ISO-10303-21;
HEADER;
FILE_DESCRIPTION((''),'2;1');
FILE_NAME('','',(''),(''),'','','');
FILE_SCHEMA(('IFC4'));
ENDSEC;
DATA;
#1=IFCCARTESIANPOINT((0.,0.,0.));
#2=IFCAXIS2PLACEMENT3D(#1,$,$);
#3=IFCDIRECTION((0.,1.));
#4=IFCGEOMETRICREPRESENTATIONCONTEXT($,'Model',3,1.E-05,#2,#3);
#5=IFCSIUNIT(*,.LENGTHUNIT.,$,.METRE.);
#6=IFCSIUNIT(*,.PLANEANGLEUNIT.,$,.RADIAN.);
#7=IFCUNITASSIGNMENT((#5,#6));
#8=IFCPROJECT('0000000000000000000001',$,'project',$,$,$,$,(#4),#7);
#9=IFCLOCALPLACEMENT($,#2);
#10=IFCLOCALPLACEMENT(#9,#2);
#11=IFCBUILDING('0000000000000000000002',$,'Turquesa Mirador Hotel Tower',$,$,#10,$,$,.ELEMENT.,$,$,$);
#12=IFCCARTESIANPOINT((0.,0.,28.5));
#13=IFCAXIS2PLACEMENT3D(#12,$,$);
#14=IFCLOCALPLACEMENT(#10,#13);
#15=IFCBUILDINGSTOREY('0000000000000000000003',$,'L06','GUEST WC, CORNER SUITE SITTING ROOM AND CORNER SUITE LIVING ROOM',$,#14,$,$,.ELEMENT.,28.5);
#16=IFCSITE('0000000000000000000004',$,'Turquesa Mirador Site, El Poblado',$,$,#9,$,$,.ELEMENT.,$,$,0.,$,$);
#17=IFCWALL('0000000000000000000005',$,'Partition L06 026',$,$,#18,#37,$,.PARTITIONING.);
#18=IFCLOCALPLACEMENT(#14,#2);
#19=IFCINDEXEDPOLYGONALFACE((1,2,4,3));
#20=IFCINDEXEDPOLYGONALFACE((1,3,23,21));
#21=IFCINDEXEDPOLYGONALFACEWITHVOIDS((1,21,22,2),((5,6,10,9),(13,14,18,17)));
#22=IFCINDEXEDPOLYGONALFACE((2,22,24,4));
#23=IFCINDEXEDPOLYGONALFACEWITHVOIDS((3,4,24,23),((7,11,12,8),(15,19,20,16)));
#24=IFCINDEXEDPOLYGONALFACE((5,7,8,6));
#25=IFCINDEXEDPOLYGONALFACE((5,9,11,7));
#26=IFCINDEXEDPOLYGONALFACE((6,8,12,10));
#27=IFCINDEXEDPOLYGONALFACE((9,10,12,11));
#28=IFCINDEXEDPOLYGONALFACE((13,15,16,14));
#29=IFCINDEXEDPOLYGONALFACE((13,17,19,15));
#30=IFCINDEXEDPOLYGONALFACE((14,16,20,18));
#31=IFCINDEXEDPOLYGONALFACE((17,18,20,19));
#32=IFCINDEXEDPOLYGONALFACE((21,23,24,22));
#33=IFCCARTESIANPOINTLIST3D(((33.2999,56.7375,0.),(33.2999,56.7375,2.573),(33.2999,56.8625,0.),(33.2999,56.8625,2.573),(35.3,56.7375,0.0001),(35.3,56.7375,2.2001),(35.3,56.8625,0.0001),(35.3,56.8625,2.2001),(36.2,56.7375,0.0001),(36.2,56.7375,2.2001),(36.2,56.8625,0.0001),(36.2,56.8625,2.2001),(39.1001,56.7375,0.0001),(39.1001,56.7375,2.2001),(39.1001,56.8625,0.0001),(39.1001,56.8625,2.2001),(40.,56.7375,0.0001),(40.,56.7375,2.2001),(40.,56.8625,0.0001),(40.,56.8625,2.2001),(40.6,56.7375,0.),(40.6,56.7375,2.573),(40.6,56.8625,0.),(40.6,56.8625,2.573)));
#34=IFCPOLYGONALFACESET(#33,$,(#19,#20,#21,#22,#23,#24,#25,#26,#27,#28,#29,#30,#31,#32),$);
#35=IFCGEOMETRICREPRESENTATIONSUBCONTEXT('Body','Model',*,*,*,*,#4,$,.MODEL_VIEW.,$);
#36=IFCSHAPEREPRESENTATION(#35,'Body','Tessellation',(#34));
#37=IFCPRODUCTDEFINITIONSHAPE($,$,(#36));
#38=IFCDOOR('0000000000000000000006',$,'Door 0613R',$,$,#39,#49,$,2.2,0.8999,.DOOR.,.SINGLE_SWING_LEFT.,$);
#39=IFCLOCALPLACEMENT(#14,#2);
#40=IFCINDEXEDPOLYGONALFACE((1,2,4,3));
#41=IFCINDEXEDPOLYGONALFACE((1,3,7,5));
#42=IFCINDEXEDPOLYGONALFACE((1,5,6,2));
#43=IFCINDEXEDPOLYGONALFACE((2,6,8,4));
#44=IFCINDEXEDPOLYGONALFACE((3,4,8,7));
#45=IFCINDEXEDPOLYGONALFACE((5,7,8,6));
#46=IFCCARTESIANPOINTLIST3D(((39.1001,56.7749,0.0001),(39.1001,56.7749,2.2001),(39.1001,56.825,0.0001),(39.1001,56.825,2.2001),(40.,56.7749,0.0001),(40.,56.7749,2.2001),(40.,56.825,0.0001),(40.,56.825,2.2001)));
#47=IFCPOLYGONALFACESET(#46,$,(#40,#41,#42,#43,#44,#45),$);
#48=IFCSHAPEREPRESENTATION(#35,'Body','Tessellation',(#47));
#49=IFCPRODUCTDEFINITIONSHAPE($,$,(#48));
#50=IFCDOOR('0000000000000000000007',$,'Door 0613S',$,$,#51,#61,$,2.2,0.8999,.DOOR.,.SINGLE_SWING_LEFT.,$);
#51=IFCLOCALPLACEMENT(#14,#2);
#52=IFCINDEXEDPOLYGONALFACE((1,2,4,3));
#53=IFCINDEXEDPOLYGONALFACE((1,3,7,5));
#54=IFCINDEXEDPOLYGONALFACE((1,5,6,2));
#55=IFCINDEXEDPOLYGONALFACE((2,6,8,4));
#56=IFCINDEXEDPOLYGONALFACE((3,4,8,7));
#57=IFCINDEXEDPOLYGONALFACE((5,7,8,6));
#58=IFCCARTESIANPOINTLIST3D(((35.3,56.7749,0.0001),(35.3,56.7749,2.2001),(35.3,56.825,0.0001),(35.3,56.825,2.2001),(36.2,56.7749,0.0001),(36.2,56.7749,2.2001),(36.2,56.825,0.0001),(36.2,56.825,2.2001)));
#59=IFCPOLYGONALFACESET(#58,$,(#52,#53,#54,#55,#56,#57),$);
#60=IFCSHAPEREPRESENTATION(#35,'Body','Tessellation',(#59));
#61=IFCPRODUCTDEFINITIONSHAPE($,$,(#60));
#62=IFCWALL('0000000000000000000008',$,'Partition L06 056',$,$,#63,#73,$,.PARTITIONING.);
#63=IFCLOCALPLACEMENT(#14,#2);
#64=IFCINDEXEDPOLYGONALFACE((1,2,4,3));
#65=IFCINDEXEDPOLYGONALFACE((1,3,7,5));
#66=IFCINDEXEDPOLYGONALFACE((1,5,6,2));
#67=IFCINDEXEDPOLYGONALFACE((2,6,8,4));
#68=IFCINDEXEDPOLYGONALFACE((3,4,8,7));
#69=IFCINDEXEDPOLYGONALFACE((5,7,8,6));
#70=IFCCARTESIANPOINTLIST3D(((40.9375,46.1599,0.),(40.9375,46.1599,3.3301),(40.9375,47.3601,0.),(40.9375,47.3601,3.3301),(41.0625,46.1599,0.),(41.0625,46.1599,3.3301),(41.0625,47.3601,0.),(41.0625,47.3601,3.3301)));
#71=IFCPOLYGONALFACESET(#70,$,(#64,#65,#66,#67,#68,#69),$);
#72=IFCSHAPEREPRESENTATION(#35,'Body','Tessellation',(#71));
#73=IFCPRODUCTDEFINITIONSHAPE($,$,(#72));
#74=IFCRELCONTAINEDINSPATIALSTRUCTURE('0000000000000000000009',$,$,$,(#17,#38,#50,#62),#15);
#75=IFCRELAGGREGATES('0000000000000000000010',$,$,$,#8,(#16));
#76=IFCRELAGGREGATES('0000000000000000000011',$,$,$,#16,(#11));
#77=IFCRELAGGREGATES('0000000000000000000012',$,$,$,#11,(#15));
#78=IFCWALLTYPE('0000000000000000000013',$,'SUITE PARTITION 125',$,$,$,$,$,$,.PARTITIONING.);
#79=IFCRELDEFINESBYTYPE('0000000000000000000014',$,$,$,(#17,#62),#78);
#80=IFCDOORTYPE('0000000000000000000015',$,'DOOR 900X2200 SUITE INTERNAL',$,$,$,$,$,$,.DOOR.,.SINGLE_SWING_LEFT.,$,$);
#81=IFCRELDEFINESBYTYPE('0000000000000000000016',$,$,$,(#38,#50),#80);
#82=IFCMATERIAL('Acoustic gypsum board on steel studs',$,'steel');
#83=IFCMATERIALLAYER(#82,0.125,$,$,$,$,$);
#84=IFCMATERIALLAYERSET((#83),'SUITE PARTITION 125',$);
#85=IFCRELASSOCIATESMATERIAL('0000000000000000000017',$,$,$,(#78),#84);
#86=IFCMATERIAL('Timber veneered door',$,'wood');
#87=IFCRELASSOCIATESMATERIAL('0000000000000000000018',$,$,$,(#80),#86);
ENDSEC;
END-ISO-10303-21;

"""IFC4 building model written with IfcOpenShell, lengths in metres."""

from ifc_helpers import new_model, si_unit, direction, frame, frame_2d, origin, place, context, subcontext, project, spatial, rectangle, extrude, material, layer, layer_set, type_object, element, fill, save


model = new_model("IFC4")

# Units and contexts
model_context = context("Model", 3, precision=1e-05, world=origin(), true_north=direction((0.0, 1.0)))
body_context = subcontext(model_context, "Body", "Model", "MODEL_VIEW")
ifc_project = project(units=[si_unit("LENGTHUNIT", "METRE"), si_unit("PLANEANGLEUNIT", "RADIAN")], contexts=[model_context])

# Site, building, storey
site_placement = place(None, origin())
site = spatial("IfcSite", under=ifc_project, at=site_placement, Name="Turquesa Mirador Site, El Poblado", CompositionType="ELEMENT", RefElevation=0.0)
building_placement = place(site_placement, origin())
building = spatial("IfcBuilding", under=site, at=building_placement, Name="Turquesa Mirador Hotel Tower", CompositionType="ELEMENT")
storey_placement = place(building_placement, frame((0.0, 0.0, 28.5)))
storey = spatial("IfcBuildingStorey", under=building, at=storey_placement, Name="L06", Description="GUEST WC, CORNER SUITE SITTING ROOM AND CORNER SUITE LIVING ROOM", CompositionType="ELEMENT", Elevation=28.5)

# Shared definitions
ifc_material_1 = material(Name="Acoustic gypsum board on steel studs", Category="steel")
ifc_layer_1 = layer(ifc_material_1, 0.125)
ifc_layer_set_1 = layer_set([ifc_layer_1], Name="SUITE PARTITION 125")
wall_type_1 = type_object("IfcWallType", Name="SUITE PARTITION 125", PredefinedType="PARTITIONING", material=ifc_layer_set_1)

# Wall, openings, doors
wall_1_placement = place(storey_placement, frame((33.3, 56.8, 0.0), z_axis=(0.0, 0.0, 1.0), x_axis=(1.0, 0.0, 0.0)))
wall_1 = element("IfcWall", 1, at=wall_1_placement, inside=storey, type_object=wall_type_1, Name="Partition L06 026", PredefinedType="PARTITIONING", context=body_context, shape_type="SweptSolid", body=[
    extrude(rectangle(XDim=7.3, YDim=0.125, at=frame_2d((3.6499, 0.0))), origin(), (0.0, 0.0, 1.0), 2.573),
])
opening_1_placement = place(wall_1_placement, frame((5.8, 0.0, 0.0)))
opening_1 = element("IfcOpeningElement", 2, at=opening_1_placement, cuts=wall_1, PredefinedType="OPENING", context=body_context, shape_type="SweptSolid", body=[
    extrude(rectangle(XDim=0.8999, YDim=2.2, at=frame_2d((0.45, 1.1001))), frame((0.0, 0.0725, 0.0), z_axis=(0.0, -1.0, 0.0), x_axis=(1.0, 0.0, 0.0)), (0.0, 0.0, 1.0), 0.145),
])
opening_2_placement = place(wall_1_placement, frame((2.0, 0.0, 0.0)))
opening_2 = element("IfcOpeningElement", 3, at=opening_2_placement, cuts=wall_1, PredefinedType="OPENING", context=body_context, shape_type="SweptSolid", body=[
    extrude(rectangle(XDim=0.8999, YDim=2.2, at=frame_2d((0.45, 1.1001))), frame((0.0, 0.0725, 0.0), z_axis=(0.0, -1.0, 0.0), x_axis=(1.0, 0.0, 0.0)), (0.0, 0.0, 1.0), 0.145),
])
ifc_material_2 = material(Name="Timber veneered door", Category="wood")
door_type_1 = type_object("IfcDoorType", Name="DOOR 900X2200 SUITE INTERNAL", OperationType="SINGLE_SWING_LEFT", PredefinedType="DOOR", material=ifc_material_2)
door_1_placement = place(opening_1_placement, origin())
door_1 = element("IfcDoor", 4, at=door_1_placement, inside=storey, type_object=door_type_1, Name="Door 0613R", OperationType="SINGLE_SWING_LEFT", OverallHeight=2.2, OverallWidth=0.8999, PredefinedType="DOOR", context=body_context, shape_type="SweptSolid", body=[
    extrude(rectangle(XDim=0.8999, YDim=2.2, at=frame_2d((0.45, 1.1001))), frame((0.0, 0.0249, 0.0), z_axis=(0.0, -1.0, 0.0), x_axis=(1.0, 0.0, 0.0)), (0.0, 0.0, 1.0), 0.05),
])
fill(opening_1, door_1)
door_2_placement = place(opening_2_placement, origin())
door_2 = element("IfcDoor", 5, at=door_2_placement, inside=storey, type_object=door_type_1, Name="Door 0613S", OperationType="SINGLE_SWING_LEFT", OverallHeight=2.2, OverallWidth=0.8999, PredefinedType="DOOR", context=body_context, shape_type="SweptSolid", body=[
    extrude(rectangle(XDim=0.8999, YDim=2.2, at=frame_2d((0.45, 1.1001))), frame((0.0, 0.0249, 0.0), z_axis=(0.0, -1.0, 0.0), x_axis=(1.0, 0.0, 0.0)), (0.0, 0.0, 1.0), 0.05),
])
fill(opening_2, door_2)

# Wall
wall_2_placement = place(storey_placement, frame((41.0, 46.1599, 0.0), z_axis=(0.0, 0.0, 1.0), x_axis=(0.0, 1.0, 0.0)))
element("IfcWall", 6, at=wall_2_placement, inside=storey, type_object=wall_type_1, Name="Partition L06 056", PredefinedType="PARTITIONING", context=body_context, shape_type="SweptSolid", body=[
    extrude(rectangle(XDim=1.2002, YDim=0.125, at=frame_2d((0.6001, 0.0))), origin(), (0.0, 0.0, 1.0), 3.3301),
])

save(model, "model.ifc")
